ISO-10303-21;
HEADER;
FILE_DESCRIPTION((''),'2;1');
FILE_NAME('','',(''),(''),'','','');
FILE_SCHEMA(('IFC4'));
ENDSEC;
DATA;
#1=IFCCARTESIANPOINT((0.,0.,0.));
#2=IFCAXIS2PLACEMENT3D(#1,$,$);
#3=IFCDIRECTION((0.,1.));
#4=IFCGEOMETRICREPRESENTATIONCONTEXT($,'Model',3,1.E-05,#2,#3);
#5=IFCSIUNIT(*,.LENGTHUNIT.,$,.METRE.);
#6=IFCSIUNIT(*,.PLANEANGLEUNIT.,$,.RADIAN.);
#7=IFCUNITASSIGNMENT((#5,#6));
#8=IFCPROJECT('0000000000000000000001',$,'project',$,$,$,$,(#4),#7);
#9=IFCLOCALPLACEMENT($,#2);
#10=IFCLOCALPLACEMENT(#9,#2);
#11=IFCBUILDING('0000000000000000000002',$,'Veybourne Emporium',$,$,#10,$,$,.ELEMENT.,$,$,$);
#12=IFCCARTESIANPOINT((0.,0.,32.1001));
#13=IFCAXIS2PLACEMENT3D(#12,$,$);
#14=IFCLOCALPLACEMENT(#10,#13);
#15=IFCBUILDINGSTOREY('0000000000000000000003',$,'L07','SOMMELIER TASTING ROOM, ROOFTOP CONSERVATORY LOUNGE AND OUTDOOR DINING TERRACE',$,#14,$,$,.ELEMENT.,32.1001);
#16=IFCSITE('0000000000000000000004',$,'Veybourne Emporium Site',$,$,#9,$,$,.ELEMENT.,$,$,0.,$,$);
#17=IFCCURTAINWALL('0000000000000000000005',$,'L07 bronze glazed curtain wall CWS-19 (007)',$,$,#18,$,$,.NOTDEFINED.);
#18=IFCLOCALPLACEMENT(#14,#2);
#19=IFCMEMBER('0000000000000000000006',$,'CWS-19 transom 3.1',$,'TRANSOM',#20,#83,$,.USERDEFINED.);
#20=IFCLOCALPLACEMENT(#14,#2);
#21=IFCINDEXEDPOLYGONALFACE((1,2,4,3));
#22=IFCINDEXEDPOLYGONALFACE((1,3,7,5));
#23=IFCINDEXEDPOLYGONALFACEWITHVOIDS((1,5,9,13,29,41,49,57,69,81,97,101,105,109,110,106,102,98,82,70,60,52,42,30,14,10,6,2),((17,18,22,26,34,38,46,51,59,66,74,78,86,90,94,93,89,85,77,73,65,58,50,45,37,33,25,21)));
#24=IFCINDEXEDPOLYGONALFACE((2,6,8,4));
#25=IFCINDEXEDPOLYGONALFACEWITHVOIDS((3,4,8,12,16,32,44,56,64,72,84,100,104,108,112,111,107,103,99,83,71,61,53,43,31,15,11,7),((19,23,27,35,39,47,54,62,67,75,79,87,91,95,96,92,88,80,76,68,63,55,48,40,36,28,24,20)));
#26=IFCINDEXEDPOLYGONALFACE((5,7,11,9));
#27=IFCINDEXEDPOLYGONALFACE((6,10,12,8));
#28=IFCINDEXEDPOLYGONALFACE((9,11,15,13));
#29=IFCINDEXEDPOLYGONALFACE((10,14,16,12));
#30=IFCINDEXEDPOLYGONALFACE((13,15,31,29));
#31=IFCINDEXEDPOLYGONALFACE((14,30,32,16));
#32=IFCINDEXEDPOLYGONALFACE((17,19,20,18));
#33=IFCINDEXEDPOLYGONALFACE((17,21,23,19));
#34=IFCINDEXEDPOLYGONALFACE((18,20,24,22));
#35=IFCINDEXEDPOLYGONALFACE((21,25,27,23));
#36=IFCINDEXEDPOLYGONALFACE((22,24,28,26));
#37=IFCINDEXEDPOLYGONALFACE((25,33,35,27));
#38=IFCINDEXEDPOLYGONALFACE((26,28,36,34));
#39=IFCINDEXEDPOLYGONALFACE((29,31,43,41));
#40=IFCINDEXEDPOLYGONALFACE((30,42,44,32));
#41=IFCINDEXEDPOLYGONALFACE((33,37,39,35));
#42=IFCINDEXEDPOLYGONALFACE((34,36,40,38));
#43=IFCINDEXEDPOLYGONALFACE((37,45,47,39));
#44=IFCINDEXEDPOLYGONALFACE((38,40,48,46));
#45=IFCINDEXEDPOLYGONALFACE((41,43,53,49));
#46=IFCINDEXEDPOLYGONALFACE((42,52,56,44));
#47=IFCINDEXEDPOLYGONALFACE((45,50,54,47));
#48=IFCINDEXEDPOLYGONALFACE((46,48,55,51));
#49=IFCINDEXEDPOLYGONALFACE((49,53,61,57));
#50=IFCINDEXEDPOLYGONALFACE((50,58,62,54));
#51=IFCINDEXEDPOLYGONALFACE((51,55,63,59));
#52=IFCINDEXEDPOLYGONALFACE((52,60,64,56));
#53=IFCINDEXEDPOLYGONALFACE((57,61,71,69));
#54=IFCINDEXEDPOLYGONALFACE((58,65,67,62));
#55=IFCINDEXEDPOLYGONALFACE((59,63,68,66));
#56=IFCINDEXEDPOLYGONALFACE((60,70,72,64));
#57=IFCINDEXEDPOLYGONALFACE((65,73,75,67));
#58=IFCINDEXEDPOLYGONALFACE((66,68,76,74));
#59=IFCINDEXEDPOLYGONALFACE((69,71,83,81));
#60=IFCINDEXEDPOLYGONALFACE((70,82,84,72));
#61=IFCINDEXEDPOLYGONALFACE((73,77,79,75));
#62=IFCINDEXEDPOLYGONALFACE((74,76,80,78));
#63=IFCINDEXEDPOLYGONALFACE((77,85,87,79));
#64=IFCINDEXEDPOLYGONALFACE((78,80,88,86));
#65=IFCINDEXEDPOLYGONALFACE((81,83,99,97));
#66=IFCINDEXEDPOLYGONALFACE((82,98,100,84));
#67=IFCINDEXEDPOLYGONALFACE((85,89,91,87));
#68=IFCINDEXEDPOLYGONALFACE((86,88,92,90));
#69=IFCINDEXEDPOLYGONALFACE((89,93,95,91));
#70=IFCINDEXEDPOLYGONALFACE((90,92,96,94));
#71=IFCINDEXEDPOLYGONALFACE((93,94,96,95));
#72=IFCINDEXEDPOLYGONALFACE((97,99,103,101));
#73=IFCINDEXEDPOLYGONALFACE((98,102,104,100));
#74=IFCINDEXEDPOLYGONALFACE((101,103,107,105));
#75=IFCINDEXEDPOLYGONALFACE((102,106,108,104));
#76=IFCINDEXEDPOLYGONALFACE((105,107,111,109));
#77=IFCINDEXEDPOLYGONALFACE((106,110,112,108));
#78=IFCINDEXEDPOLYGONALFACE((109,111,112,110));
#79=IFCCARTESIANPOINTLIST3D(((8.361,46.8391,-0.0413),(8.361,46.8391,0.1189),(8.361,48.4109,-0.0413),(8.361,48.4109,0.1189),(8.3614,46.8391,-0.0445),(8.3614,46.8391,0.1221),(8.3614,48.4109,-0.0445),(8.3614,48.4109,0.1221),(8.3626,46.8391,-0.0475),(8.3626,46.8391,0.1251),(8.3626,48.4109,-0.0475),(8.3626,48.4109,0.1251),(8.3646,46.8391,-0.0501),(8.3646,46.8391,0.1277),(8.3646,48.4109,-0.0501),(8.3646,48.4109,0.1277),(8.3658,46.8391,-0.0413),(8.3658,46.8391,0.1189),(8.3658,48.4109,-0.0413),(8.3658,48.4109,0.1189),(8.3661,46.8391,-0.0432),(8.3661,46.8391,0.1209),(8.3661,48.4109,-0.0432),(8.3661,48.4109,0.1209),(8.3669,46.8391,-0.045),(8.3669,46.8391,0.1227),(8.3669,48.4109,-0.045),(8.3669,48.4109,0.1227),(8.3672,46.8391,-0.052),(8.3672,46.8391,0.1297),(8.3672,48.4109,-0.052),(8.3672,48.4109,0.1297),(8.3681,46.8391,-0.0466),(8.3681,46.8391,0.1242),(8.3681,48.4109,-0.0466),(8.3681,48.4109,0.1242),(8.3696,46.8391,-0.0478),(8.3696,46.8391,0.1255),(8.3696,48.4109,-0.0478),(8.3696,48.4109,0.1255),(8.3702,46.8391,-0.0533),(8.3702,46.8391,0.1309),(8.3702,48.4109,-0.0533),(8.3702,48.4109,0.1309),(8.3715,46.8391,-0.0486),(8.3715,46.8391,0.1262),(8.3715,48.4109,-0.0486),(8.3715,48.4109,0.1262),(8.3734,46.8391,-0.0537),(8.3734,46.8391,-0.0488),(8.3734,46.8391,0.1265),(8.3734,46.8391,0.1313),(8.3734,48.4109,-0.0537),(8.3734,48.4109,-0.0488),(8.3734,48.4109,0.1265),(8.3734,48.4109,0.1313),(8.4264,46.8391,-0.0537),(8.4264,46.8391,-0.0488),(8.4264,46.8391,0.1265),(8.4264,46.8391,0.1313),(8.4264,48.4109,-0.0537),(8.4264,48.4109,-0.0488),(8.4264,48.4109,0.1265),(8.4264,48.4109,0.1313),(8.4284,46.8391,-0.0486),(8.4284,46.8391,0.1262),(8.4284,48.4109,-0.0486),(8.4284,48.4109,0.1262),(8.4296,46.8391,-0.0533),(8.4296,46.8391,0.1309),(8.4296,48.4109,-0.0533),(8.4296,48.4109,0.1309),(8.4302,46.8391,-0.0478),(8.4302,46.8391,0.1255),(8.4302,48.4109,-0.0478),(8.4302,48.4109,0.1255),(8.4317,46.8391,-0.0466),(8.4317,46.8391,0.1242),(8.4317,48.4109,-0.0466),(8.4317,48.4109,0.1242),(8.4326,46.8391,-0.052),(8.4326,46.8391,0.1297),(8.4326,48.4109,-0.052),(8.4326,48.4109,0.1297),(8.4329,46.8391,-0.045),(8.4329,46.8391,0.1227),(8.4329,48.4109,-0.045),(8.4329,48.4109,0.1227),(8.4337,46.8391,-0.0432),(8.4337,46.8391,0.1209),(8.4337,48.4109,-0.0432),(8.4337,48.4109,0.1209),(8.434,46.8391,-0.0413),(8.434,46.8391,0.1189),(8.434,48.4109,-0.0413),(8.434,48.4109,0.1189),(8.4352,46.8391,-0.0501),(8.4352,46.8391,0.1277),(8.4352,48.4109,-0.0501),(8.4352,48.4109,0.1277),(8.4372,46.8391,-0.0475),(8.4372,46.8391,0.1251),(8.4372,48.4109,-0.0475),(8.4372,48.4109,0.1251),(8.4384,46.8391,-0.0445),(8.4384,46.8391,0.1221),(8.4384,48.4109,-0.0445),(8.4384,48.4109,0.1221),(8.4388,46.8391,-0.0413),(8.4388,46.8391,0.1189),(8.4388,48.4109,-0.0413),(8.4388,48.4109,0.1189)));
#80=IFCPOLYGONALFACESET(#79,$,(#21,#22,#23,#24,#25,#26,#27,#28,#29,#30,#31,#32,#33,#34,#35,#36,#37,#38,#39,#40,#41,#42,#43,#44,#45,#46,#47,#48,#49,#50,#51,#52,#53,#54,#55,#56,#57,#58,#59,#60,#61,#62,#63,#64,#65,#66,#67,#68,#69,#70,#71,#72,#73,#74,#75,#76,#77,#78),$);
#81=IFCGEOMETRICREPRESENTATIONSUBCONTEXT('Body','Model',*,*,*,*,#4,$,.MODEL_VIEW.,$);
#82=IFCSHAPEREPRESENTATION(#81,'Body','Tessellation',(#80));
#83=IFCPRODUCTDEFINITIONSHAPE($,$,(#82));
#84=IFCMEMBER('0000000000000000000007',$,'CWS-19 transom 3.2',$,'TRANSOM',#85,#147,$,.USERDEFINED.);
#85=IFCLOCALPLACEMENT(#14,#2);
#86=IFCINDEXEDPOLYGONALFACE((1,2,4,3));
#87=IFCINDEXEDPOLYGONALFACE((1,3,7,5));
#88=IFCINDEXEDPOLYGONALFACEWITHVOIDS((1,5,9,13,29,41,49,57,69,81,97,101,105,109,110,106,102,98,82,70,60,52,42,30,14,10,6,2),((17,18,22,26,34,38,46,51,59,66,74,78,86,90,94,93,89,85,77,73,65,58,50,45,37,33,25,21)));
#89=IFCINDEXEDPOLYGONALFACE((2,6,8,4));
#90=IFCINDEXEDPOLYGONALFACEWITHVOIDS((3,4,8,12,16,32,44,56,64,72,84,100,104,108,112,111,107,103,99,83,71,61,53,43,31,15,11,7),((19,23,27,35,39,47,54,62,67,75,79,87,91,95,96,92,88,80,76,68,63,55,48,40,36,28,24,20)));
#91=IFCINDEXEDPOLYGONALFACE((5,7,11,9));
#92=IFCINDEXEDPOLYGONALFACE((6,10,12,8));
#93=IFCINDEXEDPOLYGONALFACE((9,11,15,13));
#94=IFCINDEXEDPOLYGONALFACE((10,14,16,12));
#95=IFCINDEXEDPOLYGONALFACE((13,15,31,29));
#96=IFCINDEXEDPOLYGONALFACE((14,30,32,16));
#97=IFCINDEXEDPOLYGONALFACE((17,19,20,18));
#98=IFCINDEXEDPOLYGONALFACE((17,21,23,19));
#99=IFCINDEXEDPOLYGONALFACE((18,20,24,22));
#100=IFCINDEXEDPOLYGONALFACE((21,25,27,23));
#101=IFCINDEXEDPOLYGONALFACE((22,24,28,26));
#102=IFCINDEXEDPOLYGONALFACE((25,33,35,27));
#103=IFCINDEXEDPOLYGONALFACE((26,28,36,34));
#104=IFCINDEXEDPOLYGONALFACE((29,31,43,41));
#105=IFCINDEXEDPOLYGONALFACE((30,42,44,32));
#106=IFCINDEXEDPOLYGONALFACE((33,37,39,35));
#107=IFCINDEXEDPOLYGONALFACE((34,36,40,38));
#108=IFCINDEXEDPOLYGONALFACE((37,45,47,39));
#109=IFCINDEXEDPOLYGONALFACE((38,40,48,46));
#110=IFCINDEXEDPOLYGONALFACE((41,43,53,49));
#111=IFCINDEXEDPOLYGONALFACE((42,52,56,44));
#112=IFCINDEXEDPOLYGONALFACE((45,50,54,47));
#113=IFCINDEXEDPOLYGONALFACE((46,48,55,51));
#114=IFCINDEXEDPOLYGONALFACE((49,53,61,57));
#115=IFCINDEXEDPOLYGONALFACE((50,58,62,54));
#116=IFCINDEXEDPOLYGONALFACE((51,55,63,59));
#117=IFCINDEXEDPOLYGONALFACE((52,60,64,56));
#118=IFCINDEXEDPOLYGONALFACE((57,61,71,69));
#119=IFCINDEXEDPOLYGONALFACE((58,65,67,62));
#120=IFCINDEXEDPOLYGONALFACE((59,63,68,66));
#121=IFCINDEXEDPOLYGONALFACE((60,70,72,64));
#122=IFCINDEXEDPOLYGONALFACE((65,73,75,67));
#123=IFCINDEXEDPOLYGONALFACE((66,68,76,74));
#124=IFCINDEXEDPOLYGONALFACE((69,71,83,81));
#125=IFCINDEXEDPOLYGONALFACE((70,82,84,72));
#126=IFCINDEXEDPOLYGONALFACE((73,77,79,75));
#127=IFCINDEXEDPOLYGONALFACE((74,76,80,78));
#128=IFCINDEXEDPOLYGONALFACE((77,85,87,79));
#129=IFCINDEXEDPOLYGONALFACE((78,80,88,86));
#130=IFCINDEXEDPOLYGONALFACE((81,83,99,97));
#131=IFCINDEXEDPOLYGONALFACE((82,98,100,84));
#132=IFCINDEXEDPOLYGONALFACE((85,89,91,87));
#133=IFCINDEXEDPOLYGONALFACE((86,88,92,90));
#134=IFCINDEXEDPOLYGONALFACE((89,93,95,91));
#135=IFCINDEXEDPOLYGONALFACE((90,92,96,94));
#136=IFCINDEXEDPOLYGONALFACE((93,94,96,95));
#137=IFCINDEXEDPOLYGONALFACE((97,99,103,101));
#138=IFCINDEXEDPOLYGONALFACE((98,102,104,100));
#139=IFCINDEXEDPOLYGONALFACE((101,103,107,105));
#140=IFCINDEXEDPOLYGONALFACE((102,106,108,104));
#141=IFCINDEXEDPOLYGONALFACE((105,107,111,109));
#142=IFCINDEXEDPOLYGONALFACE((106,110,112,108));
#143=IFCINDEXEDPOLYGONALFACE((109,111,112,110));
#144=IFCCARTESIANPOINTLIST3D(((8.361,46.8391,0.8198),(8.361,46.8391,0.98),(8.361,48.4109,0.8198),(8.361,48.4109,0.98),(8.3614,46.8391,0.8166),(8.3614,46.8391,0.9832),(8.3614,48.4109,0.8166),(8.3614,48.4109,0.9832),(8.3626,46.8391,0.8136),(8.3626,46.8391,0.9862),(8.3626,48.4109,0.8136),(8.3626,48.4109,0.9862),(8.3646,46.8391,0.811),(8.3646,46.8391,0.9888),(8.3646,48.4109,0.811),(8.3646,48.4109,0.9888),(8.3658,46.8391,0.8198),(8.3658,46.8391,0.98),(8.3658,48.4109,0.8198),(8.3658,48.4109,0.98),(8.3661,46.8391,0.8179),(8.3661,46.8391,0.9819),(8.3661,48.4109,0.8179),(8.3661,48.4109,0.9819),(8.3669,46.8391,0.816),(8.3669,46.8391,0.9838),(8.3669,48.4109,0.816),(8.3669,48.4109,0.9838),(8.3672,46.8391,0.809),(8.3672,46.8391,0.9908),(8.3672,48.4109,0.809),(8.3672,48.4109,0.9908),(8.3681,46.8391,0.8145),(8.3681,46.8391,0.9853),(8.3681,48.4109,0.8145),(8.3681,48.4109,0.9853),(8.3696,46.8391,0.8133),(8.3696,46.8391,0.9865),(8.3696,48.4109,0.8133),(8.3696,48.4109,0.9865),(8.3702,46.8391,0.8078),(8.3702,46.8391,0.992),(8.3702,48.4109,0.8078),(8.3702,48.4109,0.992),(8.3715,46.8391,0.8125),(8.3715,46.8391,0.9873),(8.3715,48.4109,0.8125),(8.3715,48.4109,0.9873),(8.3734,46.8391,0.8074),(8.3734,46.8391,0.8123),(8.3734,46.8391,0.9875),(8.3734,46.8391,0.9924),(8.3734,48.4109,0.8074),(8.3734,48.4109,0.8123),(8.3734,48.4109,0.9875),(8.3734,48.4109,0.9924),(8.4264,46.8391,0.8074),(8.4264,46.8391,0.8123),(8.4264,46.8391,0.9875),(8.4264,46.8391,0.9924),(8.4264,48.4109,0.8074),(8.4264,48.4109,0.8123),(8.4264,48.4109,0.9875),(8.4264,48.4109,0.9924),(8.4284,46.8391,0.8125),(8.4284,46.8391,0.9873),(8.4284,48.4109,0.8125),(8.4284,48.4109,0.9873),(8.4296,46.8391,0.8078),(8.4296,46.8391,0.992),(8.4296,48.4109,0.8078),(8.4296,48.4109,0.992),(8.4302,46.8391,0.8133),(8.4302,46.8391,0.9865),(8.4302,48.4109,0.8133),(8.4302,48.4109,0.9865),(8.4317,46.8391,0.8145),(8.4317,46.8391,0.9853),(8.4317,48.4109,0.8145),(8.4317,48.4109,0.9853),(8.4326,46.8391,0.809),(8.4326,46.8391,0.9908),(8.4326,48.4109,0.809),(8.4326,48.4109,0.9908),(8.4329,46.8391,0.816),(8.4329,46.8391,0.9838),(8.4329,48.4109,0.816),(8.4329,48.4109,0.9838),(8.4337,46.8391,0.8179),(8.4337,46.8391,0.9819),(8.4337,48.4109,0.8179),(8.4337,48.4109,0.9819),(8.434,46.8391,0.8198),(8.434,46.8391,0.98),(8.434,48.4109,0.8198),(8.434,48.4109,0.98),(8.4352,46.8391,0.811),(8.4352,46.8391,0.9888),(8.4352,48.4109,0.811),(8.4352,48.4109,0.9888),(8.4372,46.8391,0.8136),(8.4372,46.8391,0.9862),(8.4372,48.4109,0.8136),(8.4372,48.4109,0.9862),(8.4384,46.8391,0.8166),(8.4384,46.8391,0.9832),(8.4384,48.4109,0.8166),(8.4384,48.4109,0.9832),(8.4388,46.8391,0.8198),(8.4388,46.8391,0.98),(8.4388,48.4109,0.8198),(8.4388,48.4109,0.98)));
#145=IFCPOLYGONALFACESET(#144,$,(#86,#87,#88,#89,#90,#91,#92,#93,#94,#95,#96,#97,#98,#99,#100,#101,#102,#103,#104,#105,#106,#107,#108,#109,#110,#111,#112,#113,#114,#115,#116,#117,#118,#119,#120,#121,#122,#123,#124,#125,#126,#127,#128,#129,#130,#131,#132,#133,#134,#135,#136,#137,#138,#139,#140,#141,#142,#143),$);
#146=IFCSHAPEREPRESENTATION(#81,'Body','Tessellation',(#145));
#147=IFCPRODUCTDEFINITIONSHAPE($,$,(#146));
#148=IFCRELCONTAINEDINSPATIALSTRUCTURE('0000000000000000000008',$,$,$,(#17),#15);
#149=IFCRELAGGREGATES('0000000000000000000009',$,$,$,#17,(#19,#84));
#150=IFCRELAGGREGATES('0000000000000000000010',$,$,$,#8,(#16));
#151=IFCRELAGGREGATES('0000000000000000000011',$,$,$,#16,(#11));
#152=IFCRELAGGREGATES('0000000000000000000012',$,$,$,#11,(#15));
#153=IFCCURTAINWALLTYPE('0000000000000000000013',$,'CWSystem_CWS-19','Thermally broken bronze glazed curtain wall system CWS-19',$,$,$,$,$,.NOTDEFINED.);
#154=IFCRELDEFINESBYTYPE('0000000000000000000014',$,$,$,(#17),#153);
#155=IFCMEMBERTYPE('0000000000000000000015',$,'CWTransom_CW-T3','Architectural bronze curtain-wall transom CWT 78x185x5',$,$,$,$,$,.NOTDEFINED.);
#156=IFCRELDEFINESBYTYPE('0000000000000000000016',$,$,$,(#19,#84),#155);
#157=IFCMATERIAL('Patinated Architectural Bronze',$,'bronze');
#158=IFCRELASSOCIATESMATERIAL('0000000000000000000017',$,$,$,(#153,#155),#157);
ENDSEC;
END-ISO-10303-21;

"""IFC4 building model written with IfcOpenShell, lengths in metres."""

from ifc_helpers import new_model, si_unit, direction, frame, origin, origin_2d, place, context, subcontext, project, spatial, hollow_rectangle, extrude, material, material_profile, profile_set, type_object, element, aggregate, save


model = new_model("IFC4")

# Units and contexts
model_context = context("Model", 3, precision=1e-05, world=origin(), true_north=direction((0.0, 1.0)))
body_context = subcontext(model_context, "Body", "Model", "MODEL_VIEW")
ifc_project = project(units=[si_unit("LENGTHUNIT", "METRE"), si_unit("PLANEANGLEUNIT", "RADIAN")], contexts=[model_context])

# Site, building, storey
site_placement = place(None, origin())
site = spatial("IfcSite", under=ifc_project, at=site_placement, Name="Veybourne Emporium Site", CompositionType="ELEMENT", RefElevation=0.0)
building_placement = place(site_placement, origin())
building = spatial("IfcBuilding", under=site, at=building_placement, Name="Veybourne Emporium", CompositionType="ELEMENT")
storey_placement = place(building_placement, frame((0.0, 0.0, 32.1001)))
storey = spatial("IfcBuildingStorey", under=building, at=storey_placement, Name="L07", Description="SOMMELIER TASTING ROOM, ROOFTOP CONSERVATORY LOUNGE AND OUTDOOR DINING TERRACE", CompositionType="ELEMENT", Elevation=32.1001)

# Curtain wall, members
ifc_material_1 = material(Name="Patinated Architectural Bronze", Category="bronze")
curtain_wall_type = type_object("IfcCurtainWallType", Name="CWSystem_CWS-19", Description="Thermally broken bronze glazed curtain wall system CWS-19", PredefinedType="NOTDEFINED", material=ifc_material_1)
curtain_wall_placement = place(storey_placement, origin())
curtain_wall = element("IfcCurtainWall", 1, at=curtain_wall_placement, inside=storey, type_object=curtain_wall_type, Name="L07 bronze glazed curtain wall CWS-19 (007)", PredefinedType="NOTDEFINED")
ifc_material_profile_1 = material_profile(ifc_material_1, hollow_rectangle(XDim=0.0779, YDim=0.1851, WallThickness=0.0049, InnerFilletRadius=0.0076, OuterFilletRadius=0.0125, at=origin_2d()), Name="CWT 78x185x5")
ifc_profile_set_1 = profile_set([ifc_material_profile_1], Name="Patinated Architectural Bronze")
member_type_1 = type_object("IfcMemberType", Name="CWTransom_CW-T3", Description="Architectural bronze curtain-wall transom CWT 78x185x5", PredefinedType="NOTDEFINED", material=ifc_profile_set_1)
member_1_placement = place(storey_placement, frame((8.3999, 46.8391, 0.0388), z_axis=(0.0, 1.0, 0.0), x_axis=(-1.0, 0.0, 0.0)))
member_1 = element("IfcMember", 2, at=member_1_placement, type_object=member_type_1, Name="CWS-19 transom 3.1", ObjectType="TRANSOM", PredefinedType="USERDEFINED", context=body_context, shape_type="SweptSolid", body=[
    extrude(hollow_rectangle(XDim=0.0779, YDim=0.1851, WallThickness=0.0049, InnerFilletRadius=0.0076, OuterFilletRadius=0.0125, at=origin_2d()), origin(), (0.0, 0.0, 1.0), 1.5718),
])
member_2_placement = place(storey_placement, frame((8.3999, 46.8391, 0.8999), z_axis=(0.0, 1.0, 0.0), x_axis=(-1.0, 0.0, 0.0)))
member_2 = element("IfcMember", 3, at=member_2_placement, type_object=member_type_1, Name="CWS-19 transom 3.2", ObjectType="TRANSOM", PredefinedType="USERDEFINED", context=body_context, shape_type="SweptSolid", body=[
    extrude(hollow_rectangle(XDim=0.0779, YDim=0.1851, WallThickness=0.0049, InnerFilletRadius=0.0076, OuterFilletRadius=0.0125, at=origin_2d()), origin(), (0.0, 0.0, 1.0), 1.5718),
])

aggregate(curtain_wall, [member_1, member_2])

save(model, "model.ifc")
